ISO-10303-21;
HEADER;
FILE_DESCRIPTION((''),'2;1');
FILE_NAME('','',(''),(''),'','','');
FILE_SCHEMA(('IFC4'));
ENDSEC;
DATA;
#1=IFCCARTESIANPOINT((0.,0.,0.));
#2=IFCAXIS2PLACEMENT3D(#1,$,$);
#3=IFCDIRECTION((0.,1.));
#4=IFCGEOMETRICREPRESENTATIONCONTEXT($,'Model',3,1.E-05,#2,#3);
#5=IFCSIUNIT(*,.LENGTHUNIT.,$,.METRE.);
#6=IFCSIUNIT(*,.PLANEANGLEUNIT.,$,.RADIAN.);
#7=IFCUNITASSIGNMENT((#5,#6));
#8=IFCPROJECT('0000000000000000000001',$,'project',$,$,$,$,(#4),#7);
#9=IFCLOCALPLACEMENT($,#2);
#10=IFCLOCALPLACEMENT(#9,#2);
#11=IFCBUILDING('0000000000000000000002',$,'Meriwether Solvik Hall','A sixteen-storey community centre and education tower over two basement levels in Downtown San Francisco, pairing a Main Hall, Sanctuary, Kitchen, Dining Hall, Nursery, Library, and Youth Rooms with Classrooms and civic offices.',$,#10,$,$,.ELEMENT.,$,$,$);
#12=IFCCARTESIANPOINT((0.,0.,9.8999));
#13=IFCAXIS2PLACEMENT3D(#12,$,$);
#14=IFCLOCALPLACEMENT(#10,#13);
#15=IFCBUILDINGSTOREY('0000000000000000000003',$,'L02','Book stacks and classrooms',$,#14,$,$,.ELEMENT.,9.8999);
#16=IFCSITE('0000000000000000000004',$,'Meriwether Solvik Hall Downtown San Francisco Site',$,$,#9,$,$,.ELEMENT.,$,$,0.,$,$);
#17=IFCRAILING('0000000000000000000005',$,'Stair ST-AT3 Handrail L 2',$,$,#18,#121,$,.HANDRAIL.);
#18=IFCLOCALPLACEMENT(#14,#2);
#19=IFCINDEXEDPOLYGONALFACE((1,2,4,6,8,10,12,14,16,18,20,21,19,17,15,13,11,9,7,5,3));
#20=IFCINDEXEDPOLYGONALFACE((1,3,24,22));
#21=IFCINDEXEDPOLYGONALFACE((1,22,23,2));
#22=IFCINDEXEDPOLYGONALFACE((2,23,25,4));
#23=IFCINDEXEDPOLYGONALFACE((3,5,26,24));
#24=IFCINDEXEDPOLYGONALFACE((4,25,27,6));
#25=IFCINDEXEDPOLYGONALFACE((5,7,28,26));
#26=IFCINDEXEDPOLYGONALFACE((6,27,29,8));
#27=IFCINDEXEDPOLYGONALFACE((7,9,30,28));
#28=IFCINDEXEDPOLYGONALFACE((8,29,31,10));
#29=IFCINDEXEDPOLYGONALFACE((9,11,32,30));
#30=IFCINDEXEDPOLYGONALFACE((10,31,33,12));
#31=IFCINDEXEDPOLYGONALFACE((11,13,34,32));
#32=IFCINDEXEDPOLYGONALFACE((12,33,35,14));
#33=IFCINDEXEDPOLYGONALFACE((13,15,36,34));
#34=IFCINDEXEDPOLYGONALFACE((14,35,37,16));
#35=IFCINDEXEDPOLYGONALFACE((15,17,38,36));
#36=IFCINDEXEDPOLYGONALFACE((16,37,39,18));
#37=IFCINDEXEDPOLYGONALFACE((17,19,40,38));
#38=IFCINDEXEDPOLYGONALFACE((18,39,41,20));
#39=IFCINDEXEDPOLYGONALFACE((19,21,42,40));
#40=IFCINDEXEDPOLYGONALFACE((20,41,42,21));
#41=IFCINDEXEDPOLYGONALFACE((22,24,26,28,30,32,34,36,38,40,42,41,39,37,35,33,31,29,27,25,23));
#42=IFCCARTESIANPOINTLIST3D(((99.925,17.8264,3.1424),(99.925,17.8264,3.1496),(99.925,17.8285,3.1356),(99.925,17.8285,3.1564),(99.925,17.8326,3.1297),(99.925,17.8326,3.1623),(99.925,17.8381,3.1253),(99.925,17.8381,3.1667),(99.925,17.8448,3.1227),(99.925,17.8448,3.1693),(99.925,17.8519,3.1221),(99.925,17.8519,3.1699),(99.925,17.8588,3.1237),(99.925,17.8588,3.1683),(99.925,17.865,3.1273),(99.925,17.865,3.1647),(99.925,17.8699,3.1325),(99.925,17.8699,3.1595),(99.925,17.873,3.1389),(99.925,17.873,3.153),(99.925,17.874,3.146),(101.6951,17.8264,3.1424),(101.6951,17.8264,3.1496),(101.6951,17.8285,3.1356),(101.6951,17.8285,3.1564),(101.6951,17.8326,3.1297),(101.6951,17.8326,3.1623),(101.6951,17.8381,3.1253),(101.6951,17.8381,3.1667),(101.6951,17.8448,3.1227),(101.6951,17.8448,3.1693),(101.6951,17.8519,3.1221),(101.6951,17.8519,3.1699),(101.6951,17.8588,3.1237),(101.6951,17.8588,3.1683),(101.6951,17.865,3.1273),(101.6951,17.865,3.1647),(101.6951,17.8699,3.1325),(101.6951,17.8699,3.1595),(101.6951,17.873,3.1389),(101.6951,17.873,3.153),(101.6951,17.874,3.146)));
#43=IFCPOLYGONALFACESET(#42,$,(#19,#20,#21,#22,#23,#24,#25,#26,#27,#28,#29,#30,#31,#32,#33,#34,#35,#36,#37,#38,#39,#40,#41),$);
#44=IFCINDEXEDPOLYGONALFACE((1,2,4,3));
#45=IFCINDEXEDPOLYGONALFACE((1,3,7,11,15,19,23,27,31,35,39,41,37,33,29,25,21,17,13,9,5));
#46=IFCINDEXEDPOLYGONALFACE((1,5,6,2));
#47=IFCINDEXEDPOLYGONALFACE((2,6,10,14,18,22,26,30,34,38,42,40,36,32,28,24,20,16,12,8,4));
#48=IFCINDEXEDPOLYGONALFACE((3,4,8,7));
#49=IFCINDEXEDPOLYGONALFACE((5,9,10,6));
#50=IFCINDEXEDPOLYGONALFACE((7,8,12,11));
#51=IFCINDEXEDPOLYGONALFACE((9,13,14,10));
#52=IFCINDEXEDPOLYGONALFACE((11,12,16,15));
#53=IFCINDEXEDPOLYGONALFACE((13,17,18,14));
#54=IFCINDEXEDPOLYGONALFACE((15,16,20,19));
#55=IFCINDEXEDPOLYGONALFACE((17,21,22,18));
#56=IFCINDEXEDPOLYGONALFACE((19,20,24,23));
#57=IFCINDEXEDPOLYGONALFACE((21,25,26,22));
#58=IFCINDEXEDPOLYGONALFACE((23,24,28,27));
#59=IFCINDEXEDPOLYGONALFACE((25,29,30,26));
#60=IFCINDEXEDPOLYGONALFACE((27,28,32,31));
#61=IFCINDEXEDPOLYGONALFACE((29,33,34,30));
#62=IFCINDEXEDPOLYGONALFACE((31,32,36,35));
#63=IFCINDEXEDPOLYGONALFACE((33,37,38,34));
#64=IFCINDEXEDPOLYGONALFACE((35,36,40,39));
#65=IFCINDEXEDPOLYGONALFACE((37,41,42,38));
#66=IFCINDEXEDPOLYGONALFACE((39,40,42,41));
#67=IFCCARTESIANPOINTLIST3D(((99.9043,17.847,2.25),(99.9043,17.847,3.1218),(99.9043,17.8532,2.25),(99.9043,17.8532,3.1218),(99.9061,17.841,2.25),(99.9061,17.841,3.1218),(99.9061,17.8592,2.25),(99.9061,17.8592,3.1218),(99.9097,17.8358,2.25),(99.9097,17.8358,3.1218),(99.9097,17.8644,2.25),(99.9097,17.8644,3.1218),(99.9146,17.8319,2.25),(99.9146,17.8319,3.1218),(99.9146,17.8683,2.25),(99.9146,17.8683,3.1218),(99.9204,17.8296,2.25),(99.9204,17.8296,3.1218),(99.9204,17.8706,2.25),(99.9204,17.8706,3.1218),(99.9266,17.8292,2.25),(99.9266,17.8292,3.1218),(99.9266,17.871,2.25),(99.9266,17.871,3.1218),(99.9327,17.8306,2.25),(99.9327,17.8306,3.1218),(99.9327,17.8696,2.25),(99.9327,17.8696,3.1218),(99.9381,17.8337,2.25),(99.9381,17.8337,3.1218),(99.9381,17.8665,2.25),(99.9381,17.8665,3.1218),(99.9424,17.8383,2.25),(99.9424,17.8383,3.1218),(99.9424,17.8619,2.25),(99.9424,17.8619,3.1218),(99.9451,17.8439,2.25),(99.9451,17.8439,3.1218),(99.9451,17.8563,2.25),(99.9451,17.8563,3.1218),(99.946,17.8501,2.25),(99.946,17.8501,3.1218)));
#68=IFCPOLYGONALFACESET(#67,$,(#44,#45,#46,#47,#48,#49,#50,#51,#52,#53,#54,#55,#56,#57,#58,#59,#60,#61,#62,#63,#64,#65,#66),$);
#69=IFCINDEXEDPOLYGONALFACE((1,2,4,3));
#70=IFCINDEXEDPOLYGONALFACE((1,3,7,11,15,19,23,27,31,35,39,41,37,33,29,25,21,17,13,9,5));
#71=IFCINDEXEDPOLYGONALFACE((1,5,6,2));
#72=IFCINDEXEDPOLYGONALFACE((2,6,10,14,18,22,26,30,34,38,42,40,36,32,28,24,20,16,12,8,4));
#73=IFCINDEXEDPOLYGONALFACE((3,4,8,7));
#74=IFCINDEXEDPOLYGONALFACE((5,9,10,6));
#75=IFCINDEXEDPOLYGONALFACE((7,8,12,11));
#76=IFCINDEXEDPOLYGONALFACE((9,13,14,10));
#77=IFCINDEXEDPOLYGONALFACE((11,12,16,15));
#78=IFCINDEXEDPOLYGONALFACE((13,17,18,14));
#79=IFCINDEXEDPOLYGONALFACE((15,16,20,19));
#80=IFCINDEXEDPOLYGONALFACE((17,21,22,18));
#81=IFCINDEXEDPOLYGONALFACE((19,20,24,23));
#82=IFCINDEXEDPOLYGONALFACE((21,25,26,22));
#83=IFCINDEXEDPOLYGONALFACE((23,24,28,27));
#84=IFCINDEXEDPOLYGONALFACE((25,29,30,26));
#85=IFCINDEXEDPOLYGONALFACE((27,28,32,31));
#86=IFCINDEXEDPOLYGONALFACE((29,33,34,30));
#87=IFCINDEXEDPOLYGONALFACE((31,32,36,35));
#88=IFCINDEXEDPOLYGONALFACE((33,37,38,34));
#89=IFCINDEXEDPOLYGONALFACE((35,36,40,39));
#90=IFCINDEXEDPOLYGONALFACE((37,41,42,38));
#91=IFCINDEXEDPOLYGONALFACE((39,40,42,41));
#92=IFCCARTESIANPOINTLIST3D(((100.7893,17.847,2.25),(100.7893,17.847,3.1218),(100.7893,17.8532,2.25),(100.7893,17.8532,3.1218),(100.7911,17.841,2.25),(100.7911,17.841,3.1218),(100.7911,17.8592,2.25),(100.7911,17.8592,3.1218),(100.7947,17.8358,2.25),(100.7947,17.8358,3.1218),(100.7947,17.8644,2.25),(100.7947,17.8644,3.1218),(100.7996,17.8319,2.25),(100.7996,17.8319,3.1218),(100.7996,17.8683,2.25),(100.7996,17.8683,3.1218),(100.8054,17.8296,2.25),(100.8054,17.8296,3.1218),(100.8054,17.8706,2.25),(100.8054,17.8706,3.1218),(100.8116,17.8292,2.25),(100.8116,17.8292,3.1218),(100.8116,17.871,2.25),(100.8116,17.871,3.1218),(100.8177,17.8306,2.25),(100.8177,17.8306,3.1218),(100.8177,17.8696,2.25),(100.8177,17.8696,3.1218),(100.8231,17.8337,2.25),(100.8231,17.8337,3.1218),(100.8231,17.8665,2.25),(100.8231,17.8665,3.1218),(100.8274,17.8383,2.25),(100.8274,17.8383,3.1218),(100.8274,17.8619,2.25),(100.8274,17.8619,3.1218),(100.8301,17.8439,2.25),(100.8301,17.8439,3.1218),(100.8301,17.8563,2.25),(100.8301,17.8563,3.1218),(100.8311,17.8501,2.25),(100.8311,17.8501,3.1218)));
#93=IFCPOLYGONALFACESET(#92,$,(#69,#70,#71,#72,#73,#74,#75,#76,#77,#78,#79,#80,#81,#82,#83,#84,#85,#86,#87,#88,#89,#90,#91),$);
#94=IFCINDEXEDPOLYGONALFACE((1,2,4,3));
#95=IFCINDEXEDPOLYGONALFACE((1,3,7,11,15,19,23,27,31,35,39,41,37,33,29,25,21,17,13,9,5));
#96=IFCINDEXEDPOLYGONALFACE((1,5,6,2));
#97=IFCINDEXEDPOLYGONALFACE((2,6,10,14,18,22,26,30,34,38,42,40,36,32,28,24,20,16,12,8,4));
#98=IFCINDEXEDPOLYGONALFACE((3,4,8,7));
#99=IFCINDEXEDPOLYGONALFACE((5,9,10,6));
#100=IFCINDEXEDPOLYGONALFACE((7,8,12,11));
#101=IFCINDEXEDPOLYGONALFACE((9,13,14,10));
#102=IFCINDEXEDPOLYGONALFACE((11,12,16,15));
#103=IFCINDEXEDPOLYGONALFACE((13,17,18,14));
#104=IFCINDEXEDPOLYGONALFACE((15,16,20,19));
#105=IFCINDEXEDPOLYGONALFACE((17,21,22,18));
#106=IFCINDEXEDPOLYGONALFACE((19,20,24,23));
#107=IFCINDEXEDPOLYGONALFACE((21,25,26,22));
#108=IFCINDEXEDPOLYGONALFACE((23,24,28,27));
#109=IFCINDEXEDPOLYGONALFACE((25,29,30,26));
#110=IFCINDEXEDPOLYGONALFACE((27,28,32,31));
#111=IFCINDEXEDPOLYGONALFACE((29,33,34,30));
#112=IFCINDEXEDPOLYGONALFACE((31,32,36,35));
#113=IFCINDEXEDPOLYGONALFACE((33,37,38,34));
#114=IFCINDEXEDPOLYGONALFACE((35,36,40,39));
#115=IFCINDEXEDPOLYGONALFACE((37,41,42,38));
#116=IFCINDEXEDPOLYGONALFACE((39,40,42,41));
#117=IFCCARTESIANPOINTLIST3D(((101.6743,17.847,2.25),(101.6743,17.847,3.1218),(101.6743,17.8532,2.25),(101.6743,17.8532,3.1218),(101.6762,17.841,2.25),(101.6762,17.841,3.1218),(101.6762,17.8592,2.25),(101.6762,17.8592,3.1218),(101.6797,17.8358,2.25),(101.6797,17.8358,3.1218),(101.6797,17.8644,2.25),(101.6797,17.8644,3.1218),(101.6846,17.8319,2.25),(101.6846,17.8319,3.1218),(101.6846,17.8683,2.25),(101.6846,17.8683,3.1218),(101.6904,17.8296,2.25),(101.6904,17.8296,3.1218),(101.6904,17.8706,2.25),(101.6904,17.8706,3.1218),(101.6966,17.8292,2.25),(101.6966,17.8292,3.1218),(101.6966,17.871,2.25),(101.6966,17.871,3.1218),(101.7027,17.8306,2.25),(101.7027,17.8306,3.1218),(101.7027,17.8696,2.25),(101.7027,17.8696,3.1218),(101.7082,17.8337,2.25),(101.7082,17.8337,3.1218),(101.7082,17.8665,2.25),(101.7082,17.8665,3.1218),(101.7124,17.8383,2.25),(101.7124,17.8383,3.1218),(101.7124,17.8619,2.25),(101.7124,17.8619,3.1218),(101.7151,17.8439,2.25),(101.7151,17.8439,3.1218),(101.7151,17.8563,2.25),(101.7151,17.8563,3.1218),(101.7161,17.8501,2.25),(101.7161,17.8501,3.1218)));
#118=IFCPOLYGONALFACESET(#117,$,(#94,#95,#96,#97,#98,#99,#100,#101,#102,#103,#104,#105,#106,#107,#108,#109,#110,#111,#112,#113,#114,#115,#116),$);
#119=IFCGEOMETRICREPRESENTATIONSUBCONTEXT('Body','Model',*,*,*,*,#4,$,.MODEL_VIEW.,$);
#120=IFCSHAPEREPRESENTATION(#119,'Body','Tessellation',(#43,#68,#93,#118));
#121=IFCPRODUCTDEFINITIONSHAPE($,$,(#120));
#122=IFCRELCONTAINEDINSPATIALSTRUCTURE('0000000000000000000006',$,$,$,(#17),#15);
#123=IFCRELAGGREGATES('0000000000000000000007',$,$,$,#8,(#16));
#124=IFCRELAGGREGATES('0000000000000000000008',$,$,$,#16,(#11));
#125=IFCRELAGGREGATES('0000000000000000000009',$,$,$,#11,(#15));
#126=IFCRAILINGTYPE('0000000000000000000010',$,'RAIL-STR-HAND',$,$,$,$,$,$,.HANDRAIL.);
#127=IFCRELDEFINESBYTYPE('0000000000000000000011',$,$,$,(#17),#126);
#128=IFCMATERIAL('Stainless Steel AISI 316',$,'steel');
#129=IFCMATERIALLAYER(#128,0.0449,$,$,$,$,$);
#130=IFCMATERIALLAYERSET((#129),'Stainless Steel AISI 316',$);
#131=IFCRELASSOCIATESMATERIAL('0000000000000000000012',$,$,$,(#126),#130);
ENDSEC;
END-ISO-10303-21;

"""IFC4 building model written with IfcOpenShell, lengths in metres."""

from ifc_helpers import new_model, si_unit, direction, frame, origin, origin_2d, place, context, subcontext, project, spatial, circle, extrude, material, layer, layer_set, type_object, element, save


model = new_model("IFC4")

# Units and contexts
model_context = context("Model", 3, precision=1e-05, world=origin(), true_north=direction((0.0, 1.0)))
body_context = subcontext(model_context, "Body", "Model", "MODEL_VIEW")
ifc_project = project(units=[si_unit("LENGTHUNIT", "METRE"), si_unit("PLANEANGLEUNIT", "RADIAN")], contexts=[model_context])

# Site, building, storey
site_placement = place(None, origin())
site = spatial("IfcSite", under=ifc_project, at=site_placement, Name="Meriwether Solvik Hall Downtown San Francisco Site", CompositionType="ELEMENT", RefElevation=0.0)
building_placement = place(site_placement, origin())
building = spatial("IfcBuilding", under=site, at=building_placement, Name="Meriwether Solvik Hall", Description="A sixteen-storey community centre and education tower over two basement levels in Downtown San Francisco, pairing a Main Hall, Sanctuary, Kitchen, Dining Hall, Nursery, Library, and Youth Rooms with Classrooms and civic offices.", CompositionType="ELEMENT")
storey_placement = place(building_placement, frame((0.0, 0.0, 9.8999)))
storey = spatial("IfcBuildingStorey", under=building, at=storey_placement, Name="L02", Description="Book stacks and classrooms", CompositionType="ELEMENT", Elevation=9.8999)

# Railing
ifc_material_1 = material(Name="Stainless Steel AISI 316", Category="steel")
ifc_layer_1 = layer(ifc_material_1, 0.0449)
ifc_layer_set_1 = layer_set([ifc_layer_1], Name="Stainless Steel AISI 316")
railing_type_1 = type_object("IfcRailingType", Name="RAIL-STR-HAND", PredefinedType="HANDRAIL", material=ifc_layer_set_1)
railing_1_placement = place(storey_placement, frame((99.925, 17.8501, 2.25)))
element("IfcRailing", 1, at=railing_1_placement, inside=storey, type_object=railing_type_1, Name="Stair ST-AT3 Handrail L 2", PredefinedType="HANDRAIL", context=body_context, shape_type="SweptSolid", body=[
    extrude(circle(Radius=0.0239, at=origin_2d()), frame((0.0, 0.0, 0.896), z_axis=(1.0, 0.0, 0.0), x_axis=(0.0, 1.0, 0.0)), (0.0, 0.0, 1.0), 1.77),
    extrude(circle(Radius=0.021, at=origin_2d()), origin(), (0.0, 0.0, 1.0), 0.8718),
    extrude(circle(Radius=0.021, at=origin_2d()), frame((0.885, 0.0, 0.0)), (0.0, 0.0, 1.0), 0.8718),
    extrude(circle(Radius=0.021, at=origin_2d()), frame((1.77, 0.0, 0.0)), (0.0, 0.0, 1.0), 0.8718),
])

save(model, "model.ifc")
